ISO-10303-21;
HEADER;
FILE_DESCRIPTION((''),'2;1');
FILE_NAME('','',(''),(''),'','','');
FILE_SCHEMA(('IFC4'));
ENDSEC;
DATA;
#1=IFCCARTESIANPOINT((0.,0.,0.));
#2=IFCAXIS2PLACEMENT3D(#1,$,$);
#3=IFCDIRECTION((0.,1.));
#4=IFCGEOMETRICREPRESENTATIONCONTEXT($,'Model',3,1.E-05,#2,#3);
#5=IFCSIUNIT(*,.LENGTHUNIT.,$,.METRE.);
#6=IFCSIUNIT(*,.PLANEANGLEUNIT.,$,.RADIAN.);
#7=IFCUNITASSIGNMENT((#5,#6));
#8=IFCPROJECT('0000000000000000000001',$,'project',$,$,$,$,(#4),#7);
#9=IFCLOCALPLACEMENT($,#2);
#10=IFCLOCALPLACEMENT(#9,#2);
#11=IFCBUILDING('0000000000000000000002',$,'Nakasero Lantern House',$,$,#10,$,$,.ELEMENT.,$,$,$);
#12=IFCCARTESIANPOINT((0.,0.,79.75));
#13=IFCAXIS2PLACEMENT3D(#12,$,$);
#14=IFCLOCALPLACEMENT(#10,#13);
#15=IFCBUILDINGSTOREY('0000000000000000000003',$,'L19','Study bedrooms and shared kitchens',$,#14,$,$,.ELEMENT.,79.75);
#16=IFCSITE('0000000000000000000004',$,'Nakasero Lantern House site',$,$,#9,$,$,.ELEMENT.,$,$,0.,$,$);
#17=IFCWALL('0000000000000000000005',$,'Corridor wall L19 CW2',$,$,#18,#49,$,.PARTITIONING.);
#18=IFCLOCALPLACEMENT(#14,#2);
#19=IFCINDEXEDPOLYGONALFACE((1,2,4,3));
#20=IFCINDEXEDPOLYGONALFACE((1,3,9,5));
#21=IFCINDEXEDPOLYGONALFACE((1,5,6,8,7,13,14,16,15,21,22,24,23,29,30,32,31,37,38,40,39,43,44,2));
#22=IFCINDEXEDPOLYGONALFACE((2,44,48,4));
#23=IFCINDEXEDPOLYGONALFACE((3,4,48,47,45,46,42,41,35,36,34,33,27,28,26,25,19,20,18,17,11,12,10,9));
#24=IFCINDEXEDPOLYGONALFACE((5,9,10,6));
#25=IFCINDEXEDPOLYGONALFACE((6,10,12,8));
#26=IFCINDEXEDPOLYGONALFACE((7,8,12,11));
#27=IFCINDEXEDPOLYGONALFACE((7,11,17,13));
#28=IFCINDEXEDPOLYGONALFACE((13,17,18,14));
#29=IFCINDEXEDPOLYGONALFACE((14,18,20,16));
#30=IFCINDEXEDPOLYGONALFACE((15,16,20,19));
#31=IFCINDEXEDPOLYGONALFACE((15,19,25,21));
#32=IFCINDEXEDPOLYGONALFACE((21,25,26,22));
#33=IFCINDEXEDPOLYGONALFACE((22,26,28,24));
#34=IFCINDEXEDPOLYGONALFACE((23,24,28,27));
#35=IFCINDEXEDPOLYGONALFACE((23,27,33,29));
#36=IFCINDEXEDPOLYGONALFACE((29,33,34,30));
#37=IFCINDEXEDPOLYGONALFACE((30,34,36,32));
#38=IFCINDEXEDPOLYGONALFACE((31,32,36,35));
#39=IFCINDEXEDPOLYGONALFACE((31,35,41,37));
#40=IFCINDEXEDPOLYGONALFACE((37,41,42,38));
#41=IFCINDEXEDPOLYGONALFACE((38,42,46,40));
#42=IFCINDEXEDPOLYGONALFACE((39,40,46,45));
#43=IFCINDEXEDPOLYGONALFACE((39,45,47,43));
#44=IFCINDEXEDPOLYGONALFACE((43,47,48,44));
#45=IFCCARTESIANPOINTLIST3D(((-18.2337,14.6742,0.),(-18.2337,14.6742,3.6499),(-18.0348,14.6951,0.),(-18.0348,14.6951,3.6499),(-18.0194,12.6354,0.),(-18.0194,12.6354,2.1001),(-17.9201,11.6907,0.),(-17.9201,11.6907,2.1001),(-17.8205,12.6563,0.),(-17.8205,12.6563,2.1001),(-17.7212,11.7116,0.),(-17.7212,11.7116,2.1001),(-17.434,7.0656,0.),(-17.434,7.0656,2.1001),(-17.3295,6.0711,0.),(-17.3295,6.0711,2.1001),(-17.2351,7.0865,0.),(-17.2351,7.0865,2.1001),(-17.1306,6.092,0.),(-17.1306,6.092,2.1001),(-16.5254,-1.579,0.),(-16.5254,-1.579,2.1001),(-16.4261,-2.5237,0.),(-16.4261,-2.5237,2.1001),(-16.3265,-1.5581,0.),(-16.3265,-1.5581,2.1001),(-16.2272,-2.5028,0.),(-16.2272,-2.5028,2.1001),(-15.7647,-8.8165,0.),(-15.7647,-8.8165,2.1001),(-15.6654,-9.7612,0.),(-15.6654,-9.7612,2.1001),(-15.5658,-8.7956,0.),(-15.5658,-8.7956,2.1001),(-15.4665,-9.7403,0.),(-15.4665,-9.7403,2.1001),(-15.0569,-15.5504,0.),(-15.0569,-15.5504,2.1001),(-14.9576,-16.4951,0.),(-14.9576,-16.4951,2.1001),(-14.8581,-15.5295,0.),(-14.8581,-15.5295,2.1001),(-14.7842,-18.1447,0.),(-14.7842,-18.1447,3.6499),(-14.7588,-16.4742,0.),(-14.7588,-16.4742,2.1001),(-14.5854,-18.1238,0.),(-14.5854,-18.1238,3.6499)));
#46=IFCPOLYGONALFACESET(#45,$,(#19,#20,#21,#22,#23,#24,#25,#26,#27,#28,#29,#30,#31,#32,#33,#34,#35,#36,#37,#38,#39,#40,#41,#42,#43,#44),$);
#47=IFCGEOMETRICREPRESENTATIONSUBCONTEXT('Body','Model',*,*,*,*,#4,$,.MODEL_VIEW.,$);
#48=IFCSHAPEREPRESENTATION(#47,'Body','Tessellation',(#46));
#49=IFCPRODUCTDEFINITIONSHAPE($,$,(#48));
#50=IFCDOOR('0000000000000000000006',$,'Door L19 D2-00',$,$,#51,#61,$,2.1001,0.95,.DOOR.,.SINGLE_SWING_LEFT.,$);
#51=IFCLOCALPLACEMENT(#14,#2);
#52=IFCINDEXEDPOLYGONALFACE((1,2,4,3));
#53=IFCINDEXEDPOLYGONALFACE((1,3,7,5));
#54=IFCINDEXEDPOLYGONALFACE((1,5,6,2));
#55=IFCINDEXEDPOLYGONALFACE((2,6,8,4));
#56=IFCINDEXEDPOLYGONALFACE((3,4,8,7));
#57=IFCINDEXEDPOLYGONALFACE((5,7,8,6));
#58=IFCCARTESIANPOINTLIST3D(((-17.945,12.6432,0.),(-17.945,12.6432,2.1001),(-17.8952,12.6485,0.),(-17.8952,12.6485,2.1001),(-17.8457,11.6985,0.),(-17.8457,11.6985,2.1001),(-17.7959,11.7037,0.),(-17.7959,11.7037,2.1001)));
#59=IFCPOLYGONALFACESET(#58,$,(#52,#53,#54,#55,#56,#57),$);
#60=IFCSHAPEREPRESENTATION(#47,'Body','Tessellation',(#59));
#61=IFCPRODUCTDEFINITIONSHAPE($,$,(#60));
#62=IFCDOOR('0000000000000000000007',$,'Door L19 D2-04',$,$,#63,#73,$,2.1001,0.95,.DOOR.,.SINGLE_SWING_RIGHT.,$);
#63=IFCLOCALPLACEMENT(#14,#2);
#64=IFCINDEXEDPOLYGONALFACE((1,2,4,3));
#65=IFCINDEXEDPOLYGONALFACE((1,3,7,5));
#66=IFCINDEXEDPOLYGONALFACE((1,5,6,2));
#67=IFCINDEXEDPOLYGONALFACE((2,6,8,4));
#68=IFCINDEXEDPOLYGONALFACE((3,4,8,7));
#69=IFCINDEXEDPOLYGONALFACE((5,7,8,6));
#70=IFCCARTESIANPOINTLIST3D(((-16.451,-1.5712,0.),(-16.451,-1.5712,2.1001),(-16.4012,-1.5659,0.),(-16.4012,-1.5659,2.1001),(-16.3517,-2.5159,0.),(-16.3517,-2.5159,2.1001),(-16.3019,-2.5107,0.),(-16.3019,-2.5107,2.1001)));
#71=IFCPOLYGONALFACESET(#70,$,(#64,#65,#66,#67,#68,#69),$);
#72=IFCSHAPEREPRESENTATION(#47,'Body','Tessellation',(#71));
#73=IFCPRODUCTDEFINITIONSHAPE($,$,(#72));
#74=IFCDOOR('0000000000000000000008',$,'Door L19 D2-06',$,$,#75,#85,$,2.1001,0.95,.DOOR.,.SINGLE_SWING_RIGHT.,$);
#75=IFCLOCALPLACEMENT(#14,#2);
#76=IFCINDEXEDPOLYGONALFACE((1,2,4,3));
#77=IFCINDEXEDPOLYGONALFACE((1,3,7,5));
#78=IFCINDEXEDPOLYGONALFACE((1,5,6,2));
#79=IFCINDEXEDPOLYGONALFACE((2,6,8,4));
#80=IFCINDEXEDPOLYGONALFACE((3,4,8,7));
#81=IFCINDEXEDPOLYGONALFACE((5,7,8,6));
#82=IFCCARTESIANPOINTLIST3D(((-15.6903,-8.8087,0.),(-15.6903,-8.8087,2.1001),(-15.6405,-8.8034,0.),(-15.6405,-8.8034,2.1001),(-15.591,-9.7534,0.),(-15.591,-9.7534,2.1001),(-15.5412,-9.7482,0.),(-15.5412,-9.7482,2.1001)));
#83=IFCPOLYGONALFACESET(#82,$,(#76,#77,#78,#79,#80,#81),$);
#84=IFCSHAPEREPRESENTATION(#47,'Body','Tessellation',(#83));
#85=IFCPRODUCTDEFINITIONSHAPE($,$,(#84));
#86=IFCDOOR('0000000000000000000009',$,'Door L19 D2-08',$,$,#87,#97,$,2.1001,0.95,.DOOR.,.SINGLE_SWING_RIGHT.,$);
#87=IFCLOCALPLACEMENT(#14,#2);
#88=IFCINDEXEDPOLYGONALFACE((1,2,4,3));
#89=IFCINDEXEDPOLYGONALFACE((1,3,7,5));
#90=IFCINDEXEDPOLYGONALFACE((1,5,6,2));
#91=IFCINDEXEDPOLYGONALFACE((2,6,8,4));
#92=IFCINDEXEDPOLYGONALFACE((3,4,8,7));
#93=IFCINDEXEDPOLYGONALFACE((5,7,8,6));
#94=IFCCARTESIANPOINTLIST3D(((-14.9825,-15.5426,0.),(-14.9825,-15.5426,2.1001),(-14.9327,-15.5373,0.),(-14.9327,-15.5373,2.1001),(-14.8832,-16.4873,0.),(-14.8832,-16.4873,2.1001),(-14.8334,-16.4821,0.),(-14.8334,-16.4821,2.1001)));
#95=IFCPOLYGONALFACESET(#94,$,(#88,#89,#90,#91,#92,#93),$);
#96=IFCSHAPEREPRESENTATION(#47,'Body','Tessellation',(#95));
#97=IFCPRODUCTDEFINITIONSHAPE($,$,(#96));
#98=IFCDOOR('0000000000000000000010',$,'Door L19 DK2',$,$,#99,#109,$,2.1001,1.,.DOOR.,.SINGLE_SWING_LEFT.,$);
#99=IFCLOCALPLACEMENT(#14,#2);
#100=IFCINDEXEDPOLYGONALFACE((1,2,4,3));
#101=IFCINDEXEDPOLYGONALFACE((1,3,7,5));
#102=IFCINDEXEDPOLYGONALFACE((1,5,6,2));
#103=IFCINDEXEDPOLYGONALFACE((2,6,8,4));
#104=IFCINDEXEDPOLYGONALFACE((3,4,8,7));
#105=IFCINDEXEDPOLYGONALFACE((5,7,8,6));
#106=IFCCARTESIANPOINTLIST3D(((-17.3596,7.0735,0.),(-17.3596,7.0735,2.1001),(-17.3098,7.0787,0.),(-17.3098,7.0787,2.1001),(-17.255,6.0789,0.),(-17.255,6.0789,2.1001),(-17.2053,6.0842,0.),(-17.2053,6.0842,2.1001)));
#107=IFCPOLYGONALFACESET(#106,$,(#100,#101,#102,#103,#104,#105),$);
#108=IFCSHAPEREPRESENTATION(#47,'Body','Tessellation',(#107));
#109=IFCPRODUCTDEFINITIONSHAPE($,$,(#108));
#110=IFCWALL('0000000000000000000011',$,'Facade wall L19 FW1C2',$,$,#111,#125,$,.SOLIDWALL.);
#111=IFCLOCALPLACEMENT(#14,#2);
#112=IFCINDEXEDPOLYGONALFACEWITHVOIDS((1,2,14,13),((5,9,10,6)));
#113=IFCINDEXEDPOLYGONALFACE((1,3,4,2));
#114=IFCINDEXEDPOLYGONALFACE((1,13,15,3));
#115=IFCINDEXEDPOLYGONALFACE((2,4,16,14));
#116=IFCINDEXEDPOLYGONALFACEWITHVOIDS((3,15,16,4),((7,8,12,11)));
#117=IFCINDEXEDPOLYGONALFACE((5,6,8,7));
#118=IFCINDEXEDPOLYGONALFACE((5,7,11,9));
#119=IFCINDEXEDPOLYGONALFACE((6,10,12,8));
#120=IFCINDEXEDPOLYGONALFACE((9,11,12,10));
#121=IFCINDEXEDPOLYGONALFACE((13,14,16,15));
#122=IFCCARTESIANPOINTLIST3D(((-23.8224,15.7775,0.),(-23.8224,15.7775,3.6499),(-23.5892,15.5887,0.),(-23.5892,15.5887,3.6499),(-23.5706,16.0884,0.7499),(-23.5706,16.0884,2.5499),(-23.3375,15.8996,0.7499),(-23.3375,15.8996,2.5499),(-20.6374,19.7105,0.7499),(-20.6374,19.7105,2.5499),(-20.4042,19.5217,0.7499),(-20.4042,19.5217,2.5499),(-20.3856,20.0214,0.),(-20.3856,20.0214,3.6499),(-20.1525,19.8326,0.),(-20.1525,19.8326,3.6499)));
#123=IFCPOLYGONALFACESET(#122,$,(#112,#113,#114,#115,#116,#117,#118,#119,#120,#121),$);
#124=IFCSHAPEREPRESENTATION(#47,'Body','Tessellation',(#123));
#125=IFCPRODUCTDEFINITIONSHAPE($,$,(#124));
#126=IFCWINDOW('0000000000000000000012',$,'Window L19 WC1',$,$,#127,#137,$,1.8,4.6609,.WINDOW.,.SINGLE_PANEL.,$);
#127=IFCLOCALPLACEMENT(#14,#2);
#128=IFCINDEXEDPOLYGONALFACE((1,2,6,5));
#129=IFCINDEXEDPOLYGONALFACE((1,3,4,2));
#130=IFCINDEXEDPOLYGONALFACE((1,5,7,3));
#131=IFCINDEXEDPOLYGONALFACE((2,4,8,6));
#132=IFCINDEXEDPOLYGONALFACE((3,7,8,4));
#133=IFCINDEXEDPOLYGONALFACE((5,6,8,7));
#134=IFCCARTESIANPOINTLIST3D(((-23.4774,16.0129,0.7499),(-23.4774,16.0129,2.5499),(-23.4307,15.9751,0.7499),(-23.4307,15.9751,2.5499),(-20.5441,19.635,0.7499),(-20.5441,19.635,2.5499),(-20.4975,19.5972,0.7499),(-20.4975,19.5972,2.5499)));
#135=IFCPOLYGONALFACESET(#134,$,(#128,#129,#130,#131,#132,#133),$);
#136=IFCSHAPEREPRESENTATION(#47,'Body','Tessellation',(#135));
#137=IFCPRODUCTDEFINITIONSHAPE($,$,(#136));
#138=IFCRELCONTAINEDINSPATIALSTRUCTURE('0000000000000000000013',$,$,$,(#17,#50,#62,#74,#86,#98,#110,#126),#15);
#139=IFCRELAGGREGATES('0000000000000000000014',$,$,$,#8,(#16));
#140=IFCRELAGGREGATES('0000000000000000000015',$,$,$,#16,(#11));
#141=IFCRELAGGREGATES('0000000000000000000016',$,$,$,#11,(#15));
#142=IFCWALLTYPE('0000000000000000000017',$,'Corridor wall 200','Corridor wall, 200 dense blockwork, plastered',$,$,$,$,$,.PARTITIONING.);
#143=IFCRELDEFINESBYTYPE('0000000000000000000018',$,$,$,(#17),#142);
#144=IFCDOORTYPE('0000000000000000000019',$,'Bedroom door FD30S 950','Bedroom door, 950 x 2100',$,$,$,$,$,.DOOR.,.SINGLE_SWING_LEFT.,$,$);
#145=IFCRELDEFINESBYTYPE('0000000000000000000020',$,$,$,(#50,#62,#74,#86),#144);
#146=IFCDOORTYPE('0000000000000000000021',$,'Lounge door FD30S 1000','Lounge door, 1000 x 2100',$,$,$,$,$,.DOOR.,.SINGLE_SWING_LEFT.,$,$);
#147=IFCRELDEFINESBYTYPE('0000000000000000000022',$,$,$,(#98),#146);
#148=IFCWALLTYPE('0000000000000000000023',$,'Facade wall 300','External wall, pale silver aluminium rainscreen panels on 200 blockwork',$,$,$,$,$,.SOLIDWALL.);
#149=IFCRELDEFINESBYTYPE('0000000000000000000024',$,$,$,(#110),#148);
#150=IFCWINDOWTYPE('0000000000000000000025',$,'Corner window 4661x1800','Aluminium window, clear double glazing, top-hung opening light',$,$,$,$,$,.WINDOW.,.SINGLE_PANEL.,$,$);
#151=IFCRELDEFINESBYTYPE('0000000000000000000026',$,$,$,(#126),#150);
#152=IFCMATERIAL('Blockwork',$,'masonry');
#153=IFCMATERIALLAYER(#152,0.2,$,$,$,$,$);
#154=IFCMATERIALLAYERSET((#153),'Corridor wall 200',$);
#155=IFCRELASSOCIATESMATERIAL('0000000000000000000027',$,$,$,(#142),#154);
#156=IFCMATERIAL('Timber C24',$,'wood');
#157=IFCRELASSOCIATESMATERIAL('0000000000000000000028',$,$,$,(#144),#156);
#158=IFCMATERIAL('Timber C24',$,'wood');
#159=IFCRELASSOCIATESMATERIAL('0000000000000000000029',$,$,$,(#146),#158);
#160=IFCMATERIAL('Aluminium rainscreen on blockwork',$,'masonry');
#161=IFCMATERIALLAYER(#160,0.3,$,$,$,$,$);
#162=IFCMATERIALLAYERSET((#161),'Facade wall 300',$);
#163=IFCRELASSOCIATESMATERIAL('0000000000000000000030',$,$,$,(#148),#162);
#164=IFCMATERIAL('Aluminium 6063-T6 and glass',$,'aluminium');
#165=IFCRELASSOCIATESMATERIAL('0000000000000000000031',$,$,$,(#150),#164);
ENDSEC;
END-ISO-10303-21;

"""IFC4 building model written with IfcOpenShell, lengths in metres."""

from ifc_helpers import new_model, si_unit, direction, frame, frame_2d, origin, place, context, subcontext, project, spatial, rectangle, extrude, material, layer, layer_set, type_object, element, fill, save


model = new_model("IFC4")

# Units and contexts
model_context = context("Model", 3, precision=1e-05, world=origin(), true_north=direction((0.0, 1.0)))
body_context = subcontext(model_context, "Body", "Model", "MODEL_VIEW")
ifc_project = project(units=[si_unit("LENGTHUNIT", "METRE"), si_unit("PLANEANGLEUNIT", "RADIAN")], contexts=[model_context])

# Site, building, storey
site_placement = place(None, origin())
site = spatial("IfcSite", under=ifc_project, at=site_placement, Name="Nakasero Lantern House site", CompositionType="ELEMENT", RefElevation=0.0)
building_placement = place(site_placement, origin())
building = spatial("IfcBuilding", under=site, at=building_placement, Name="Nakasero Lantern House", CompositionType="ELEMENT")
storey_placement = place(building_placement, frame((0.0, 0.0, 79.75)))
storey = spatial("IfcBuildingStorey", under=building, at=storey_placement, Name="L19", Description="Study bedrooms and shared kitchens", CompositionType="ELEMENT", Elevation=79.75)

# Wall, openings, doors
ifc_material_1 = material(Name="Blockwork", Category="masonry")
ifc_layer_1 = layer(ifc_material_1, 0.2)
ifc_layer_set_1 = layer_set([ifc_layer_1], Name="Corridor wall 200")
wall_type_1 = type_object("IfcWallType", Name="Corridor wall 200", Description="Corridor wall, 200 dense blockwork, plastered", PredefinedType="PARTITIONING", material=ifc_layer_set_1)
wall_1_placement = place(storey_placement, frame((-18.1343, 14.6848, 0.0), z_axis=(0.0, 0.0, 1.0), x_axis=(0.10453, -0.994522, 0.0)))
wall_1 = element("IfcWall", 1, at=wall_1_placement, inside=storey, type_object=wall_type_1, Name="Corridor wall L19 CW2", PredefinedType="PARTITIONING", context=body_context, shape_type="SweptSolid", body=[
    extrude(rectangle(XDim=32.9998, YDim=0.2, at=frame_2d((16.5, 0.0))), origin(), (0.0, 0.0, 1.0), 3.6499),
])
opening_1_placement = place(wall_1_placement, frame((2.05, 0.0, 0.0)))
opening_1 = element("IfcOpeningElement", 2, at=opening_1_placement, cuts=wall_1, PredefinedType="OPENING", context=body_context, shape_type="SweptSolid", body=[
    extrude(rectangle(XDim=0.95, YDim=2.1001, at=frame_2d((0.4751, 1.05))), frame((0.0, 0.1199, 0.0), z_axis=(0.0, -1.0, 0.0), x_axis=(1.0, 0.0, 0.0)), (0.0, 0.0, 1.0), 0.24),
])
opening_2_placement = place(wall_1_placement, frame((16.3428, 0.0, 0.0)))
opening_2 = element("IfcOpeningElement", 3, at=opening_2_placement, cuts=wall_1, PredefinedType="OPENING", context=body_context, shape_type="SweptSolid", body=[
    extrude(rectangle(XDim=0.95, YDim=2.1001, at=frame_2d((0.4751, 1.05))), frame((0.0, 0.1199, 0.0), z_axis=(0.0, -1.0, 0.0), x_axis=(1.0, 0.0, 0.0)), (0.0, 0.0, 1.0), 0.24),
])
opening_3_placement = place(wall_1_placement, frame((23.6201, 0.0, 0.0)))
opening_3 = element("IfcOpeningElement", 4, at=opening_3_placement, cuts=wall_1, PredefinedType="OPENING", context=body_context, shape_type="SweptSolid", body=[
    extrude(rectangle(XDim=0.95, YDim=2.1001, at=frame_2d((0.4751, 1.05))), frame((0.0, 0.1199, 0.0), z_axis=(0.0, -1.0, 0.0), x_axis=(1.0, 0.0, 0.0)), (0.0, 0.0, 1.0), 0.24),
])
opening_4_placement = place(wall_1_placement, frame((30.3911, 0.0, 0.0)))
opening_4 = element("IfcOpeningElement", 5, at=opening_4_placement, cuts=wall_1, PredefinedType="OPENING", context=body_context, shape_type="SweptSolid", body=[
    extrude(rectangle(XDim=0.95, YDim=2.1001, at=frame_2d((0.4751, 1.05))), frame((0.0, 0.1199, 0.0), z_axis=(0.0, -1.0, 0.0), x_axis=(1.0, 0.0, 0.0)), (0.0, 0.0, 1.0), 0.24),
])
opening_5_placement = place(wall_1_placement, frame((7.6506, 0.0, 0.0)))
opening_5 = element("IfcOpeningElement", 6, at=opening_5_placement, cuts=wall_1, PredefinedType="OPENING", context=body_context, shape_type="SweptSolid", body=[
    extrude(rectangle(XDim=1.0, YDim=2.1001, at=frame_2d((0.5, 1.05))), frame((0.0, 0.1199, 0.0), z_axis=(0.0, -1.0, 0.0), x_axis=(1.0, 0.0, 0.0)), (0.0, 0.0, 1.0), 0.24),
])
ifc_material_2 = material(Name="Timber C24", Category="wood")
door_type_1 = type_object("IfcDoorType", Name="Bedroom door FD30S 950", Description="Bedroom door, 950 x 2100", OperationType="SINGLE_SWING_LEFT", PredefinedType="DOOR", material=ifc_material_2)
door_1_placement = place(opening_1_placement, origin())
door_1 = element("IfcDoor", 7, at=door_1_placement, inside=storey, type_object=door_type_1, Name="Door L19 D2-00", OperationType="SINGLE_SWING_LEFT", OverallHeight=2.1001, OverallWidth=0.95, PredefinedType="DOOR", context=body_context, shape_type="SweptSolid", body=[
    extrude(rectangle(XDim=0.95, YDim=2.1001, at=frame_2d((0.4751, 1.05))), frame((0.0, 0.0249, 0.0), z_axis=(0.0, -1.0, 0.0), x_axis=(1.0, 0.0, 0.0)), (0.0, 0.0, 1.0), 0.05),
])
fill(opening_1, door_1)
door_2_placement = place(opening_2_placement, origin())
door_2 = element("IfcDoor", 8, at=door_2_placement, inside=storey, type_object=door_type_1, Name="Door L19 D2-04", OperationType="SINGLE_SWING_RIGHT", OverallHeight=2.1001, OverallWidth=0.95, PredefinedType="DOOR", context=body_context, shape_type="SweptSolid", body=[
    extrude(rectangle(XDim=0.95, YDim=2.1001, at=frame_2d((0.4751, 1.05))), frame((0.0, 0.0249, 0.0), z_axis=(0.0, -1.0, 0.0), x_axis=(1.0, 0.0, 0.0)), (0.0, 0.0, 1.0), 0.05),
])
fill(opening_2, door_2)
door_3_placement = place(opening_3_placement, origin())
door_3 = element("IfcDoor", 9, at=door_3_placement, inside=storey, type_object=door_type_1, Name="Door L19 D2-06", OperationType="SINGLE_SWING_RIGHT", OverallHeight=2.1001, OverallWidth=0.95, PredefinedType="DOOR", context=body_context, shape_type="SweptSolid", body=[
    extrude(rectangle(XDim=0.95, YDim=2.1001, at=frame_2d((0.4751, 1.05))), frame((0.0, 0.0249, 0.0), z_axis=(0.0, -1.0, 0.0), x_axis=(1.0, 0.0, 0.0)), (0.0, 0.0, 1.0), 0.05),
])
fill(opening_3, door_3)
door_4_placement = place(opening_4_placement, origin())
door_4 = element("IfcDoor", 10, at=door_4_placement, inside=storey, type_object=door_type_1, Name="Door L19 D2-08", OperationType="SINGLE_SWING_RIGHT", OverallHeight=2.1001, OverallWidth=0.95, PredefinedType="DOOR", context=body_context, shape_type="SweptSolid", body=[
    extrude(rectangle(XDim=0.95, YDim=2.1001, at=frame_2d((0.4751, 1.05))), frame((0.0, 0.0249, 0.0), z_axis=(0.0, -1.0, 0.0), x_axis=(1.0, 0.0, 0.0)), (0.0, 0.0, 1.0), 0.05),
])
fill(opening_4, door_4)
ifc_material_3 = material(Name="Timber C24", Category="wood")
door_type_2 = type_object("IfcDoorType", Name="Lounge door FD30S 1000", Description="Lounge door, 1000 x 2100", OperationType="SINGLE_SWING_LEFT", PredefinedType="DOOR", material=ifc_material_3)
door_5_placement = place(opening_5_placement, origin())
door_5 = element("IfcDoor", 11, at=door_5_placement, inside=storey, type_object=door_type_2, Name="Door L19 DK2", OperationType="SINGLE_SWING_LEFT", OverallHeight=2.1001, OverallWidth=1.0, PredefinedType="DOOR", context=body_context, shape_type="SweptSolid", body=[
    extrude(rectangle(XDim=1.0, YDim=2.1001, at=frame_2d((0.5, 1.05))), frame((0.0, 0.0249, 0.0), z_axis=(0.0, -1.0, 0.0), x_axis=(1.0, 0.0, 0.0)), (0.0, 0.0, 1.0), 0.05),
])
fill(opening_5, door_5)

# Wall, opening, window
ifc_material_4 = material(Name="Aluminium rainscreen on blockwork", Category="masonry")
ifc_layer_2 = layer(ifc_material_4, 0.3)
ifc_layer_set_2 = layer_set([ifc_layer_2], Name="Facade wall 300")
wall_type_2 = type_object("IfcWallType", Name="Facade wall 300", Description="External wall, pale silver aluminium rainscreen panels on 200 blockwork", PredefinedType="SOLIDWALL", material=ifc_layer_set_2)
wall_2_placement = place(storey_placement, frame((-20.269, 19.927, 0.0), z_axis=(0.0, 0.0, 1.0), x_axis=(-0.629335, -0.777135, 0.0)))
wall_2 = element("IfcWall", 12, at=wall_2_placement, inside=storey, type_object=wall_type_2, Name="Facade wall L19 FW1C2", PredefinedType="SOLIDWALL", context=body_context, shape_type="SweptSolid", body=[
    extrude(rectangle(XDim=5.4609, YDim=0.3, at=frame_2d((2.7305, 0.0))), origin(), (0.0, 0.0, 1.0), 3.6499),
])
opening_6_placement = place(wall_2_placement, frame((0.3999, 0.0, 0.75)))
opening_6 = element("IfcOpeningElement", 13, at=opening_6_placement, cuts=wall_2, PredefinedType="OPENING", context=body_context, shape_type="SweptSolid", body=[
    extrude(rectangle(XDim=4.6609, YDim=1.8, at=frame_2d((2.3306, 0.8999))), frame((0.0, 0.1699, 0.0), z_axis=(0.0, -1.0, 0.0), x_axis=(1.0, 0.0, 0.0)), (0.0, 0.0, 1.0), 0.3401),
])
ifc_material_5 = material(Name="Aluminium 6063-T6 and glass", Category="aluminium")
window_type_1 = type_object("IfcWindowType", Name="Corner window 4661x1800", Description="Aluminium window, clear double glazing, top-hung opening light", PartitioningType="SINGLE_PANEL", PredefinedType="WINDOW", material=ifc_material_5)
window_1_placement = place(opening_6_placement, origin())
window_1 = element("IfcWindow", 14, at=window_1_placement, inside=storey, type_object=window_type_1, Name="Window L19 WC1", OverallHeight=1.8, OverallWidth=4.6609, PartitioningType="SINGLE_PANEL", PredefinedType="WINDOW", context=body_context, shape_type="SweptSolid", body=[
    extrude(rectangle(XDim=4.6609, YDim=1.8, at=frame_2d((2.3306, 0.8999))), frame((0.0, 0.03, 0.0), z_axis=(0.0, -1.0, 0.0), x_axis=(1.0, 0.0, 0.0)), (0.0, 0.0, 1.0), 0.0601),
])
fill(opening_6, window_1)

save(model, "model.ifc")
